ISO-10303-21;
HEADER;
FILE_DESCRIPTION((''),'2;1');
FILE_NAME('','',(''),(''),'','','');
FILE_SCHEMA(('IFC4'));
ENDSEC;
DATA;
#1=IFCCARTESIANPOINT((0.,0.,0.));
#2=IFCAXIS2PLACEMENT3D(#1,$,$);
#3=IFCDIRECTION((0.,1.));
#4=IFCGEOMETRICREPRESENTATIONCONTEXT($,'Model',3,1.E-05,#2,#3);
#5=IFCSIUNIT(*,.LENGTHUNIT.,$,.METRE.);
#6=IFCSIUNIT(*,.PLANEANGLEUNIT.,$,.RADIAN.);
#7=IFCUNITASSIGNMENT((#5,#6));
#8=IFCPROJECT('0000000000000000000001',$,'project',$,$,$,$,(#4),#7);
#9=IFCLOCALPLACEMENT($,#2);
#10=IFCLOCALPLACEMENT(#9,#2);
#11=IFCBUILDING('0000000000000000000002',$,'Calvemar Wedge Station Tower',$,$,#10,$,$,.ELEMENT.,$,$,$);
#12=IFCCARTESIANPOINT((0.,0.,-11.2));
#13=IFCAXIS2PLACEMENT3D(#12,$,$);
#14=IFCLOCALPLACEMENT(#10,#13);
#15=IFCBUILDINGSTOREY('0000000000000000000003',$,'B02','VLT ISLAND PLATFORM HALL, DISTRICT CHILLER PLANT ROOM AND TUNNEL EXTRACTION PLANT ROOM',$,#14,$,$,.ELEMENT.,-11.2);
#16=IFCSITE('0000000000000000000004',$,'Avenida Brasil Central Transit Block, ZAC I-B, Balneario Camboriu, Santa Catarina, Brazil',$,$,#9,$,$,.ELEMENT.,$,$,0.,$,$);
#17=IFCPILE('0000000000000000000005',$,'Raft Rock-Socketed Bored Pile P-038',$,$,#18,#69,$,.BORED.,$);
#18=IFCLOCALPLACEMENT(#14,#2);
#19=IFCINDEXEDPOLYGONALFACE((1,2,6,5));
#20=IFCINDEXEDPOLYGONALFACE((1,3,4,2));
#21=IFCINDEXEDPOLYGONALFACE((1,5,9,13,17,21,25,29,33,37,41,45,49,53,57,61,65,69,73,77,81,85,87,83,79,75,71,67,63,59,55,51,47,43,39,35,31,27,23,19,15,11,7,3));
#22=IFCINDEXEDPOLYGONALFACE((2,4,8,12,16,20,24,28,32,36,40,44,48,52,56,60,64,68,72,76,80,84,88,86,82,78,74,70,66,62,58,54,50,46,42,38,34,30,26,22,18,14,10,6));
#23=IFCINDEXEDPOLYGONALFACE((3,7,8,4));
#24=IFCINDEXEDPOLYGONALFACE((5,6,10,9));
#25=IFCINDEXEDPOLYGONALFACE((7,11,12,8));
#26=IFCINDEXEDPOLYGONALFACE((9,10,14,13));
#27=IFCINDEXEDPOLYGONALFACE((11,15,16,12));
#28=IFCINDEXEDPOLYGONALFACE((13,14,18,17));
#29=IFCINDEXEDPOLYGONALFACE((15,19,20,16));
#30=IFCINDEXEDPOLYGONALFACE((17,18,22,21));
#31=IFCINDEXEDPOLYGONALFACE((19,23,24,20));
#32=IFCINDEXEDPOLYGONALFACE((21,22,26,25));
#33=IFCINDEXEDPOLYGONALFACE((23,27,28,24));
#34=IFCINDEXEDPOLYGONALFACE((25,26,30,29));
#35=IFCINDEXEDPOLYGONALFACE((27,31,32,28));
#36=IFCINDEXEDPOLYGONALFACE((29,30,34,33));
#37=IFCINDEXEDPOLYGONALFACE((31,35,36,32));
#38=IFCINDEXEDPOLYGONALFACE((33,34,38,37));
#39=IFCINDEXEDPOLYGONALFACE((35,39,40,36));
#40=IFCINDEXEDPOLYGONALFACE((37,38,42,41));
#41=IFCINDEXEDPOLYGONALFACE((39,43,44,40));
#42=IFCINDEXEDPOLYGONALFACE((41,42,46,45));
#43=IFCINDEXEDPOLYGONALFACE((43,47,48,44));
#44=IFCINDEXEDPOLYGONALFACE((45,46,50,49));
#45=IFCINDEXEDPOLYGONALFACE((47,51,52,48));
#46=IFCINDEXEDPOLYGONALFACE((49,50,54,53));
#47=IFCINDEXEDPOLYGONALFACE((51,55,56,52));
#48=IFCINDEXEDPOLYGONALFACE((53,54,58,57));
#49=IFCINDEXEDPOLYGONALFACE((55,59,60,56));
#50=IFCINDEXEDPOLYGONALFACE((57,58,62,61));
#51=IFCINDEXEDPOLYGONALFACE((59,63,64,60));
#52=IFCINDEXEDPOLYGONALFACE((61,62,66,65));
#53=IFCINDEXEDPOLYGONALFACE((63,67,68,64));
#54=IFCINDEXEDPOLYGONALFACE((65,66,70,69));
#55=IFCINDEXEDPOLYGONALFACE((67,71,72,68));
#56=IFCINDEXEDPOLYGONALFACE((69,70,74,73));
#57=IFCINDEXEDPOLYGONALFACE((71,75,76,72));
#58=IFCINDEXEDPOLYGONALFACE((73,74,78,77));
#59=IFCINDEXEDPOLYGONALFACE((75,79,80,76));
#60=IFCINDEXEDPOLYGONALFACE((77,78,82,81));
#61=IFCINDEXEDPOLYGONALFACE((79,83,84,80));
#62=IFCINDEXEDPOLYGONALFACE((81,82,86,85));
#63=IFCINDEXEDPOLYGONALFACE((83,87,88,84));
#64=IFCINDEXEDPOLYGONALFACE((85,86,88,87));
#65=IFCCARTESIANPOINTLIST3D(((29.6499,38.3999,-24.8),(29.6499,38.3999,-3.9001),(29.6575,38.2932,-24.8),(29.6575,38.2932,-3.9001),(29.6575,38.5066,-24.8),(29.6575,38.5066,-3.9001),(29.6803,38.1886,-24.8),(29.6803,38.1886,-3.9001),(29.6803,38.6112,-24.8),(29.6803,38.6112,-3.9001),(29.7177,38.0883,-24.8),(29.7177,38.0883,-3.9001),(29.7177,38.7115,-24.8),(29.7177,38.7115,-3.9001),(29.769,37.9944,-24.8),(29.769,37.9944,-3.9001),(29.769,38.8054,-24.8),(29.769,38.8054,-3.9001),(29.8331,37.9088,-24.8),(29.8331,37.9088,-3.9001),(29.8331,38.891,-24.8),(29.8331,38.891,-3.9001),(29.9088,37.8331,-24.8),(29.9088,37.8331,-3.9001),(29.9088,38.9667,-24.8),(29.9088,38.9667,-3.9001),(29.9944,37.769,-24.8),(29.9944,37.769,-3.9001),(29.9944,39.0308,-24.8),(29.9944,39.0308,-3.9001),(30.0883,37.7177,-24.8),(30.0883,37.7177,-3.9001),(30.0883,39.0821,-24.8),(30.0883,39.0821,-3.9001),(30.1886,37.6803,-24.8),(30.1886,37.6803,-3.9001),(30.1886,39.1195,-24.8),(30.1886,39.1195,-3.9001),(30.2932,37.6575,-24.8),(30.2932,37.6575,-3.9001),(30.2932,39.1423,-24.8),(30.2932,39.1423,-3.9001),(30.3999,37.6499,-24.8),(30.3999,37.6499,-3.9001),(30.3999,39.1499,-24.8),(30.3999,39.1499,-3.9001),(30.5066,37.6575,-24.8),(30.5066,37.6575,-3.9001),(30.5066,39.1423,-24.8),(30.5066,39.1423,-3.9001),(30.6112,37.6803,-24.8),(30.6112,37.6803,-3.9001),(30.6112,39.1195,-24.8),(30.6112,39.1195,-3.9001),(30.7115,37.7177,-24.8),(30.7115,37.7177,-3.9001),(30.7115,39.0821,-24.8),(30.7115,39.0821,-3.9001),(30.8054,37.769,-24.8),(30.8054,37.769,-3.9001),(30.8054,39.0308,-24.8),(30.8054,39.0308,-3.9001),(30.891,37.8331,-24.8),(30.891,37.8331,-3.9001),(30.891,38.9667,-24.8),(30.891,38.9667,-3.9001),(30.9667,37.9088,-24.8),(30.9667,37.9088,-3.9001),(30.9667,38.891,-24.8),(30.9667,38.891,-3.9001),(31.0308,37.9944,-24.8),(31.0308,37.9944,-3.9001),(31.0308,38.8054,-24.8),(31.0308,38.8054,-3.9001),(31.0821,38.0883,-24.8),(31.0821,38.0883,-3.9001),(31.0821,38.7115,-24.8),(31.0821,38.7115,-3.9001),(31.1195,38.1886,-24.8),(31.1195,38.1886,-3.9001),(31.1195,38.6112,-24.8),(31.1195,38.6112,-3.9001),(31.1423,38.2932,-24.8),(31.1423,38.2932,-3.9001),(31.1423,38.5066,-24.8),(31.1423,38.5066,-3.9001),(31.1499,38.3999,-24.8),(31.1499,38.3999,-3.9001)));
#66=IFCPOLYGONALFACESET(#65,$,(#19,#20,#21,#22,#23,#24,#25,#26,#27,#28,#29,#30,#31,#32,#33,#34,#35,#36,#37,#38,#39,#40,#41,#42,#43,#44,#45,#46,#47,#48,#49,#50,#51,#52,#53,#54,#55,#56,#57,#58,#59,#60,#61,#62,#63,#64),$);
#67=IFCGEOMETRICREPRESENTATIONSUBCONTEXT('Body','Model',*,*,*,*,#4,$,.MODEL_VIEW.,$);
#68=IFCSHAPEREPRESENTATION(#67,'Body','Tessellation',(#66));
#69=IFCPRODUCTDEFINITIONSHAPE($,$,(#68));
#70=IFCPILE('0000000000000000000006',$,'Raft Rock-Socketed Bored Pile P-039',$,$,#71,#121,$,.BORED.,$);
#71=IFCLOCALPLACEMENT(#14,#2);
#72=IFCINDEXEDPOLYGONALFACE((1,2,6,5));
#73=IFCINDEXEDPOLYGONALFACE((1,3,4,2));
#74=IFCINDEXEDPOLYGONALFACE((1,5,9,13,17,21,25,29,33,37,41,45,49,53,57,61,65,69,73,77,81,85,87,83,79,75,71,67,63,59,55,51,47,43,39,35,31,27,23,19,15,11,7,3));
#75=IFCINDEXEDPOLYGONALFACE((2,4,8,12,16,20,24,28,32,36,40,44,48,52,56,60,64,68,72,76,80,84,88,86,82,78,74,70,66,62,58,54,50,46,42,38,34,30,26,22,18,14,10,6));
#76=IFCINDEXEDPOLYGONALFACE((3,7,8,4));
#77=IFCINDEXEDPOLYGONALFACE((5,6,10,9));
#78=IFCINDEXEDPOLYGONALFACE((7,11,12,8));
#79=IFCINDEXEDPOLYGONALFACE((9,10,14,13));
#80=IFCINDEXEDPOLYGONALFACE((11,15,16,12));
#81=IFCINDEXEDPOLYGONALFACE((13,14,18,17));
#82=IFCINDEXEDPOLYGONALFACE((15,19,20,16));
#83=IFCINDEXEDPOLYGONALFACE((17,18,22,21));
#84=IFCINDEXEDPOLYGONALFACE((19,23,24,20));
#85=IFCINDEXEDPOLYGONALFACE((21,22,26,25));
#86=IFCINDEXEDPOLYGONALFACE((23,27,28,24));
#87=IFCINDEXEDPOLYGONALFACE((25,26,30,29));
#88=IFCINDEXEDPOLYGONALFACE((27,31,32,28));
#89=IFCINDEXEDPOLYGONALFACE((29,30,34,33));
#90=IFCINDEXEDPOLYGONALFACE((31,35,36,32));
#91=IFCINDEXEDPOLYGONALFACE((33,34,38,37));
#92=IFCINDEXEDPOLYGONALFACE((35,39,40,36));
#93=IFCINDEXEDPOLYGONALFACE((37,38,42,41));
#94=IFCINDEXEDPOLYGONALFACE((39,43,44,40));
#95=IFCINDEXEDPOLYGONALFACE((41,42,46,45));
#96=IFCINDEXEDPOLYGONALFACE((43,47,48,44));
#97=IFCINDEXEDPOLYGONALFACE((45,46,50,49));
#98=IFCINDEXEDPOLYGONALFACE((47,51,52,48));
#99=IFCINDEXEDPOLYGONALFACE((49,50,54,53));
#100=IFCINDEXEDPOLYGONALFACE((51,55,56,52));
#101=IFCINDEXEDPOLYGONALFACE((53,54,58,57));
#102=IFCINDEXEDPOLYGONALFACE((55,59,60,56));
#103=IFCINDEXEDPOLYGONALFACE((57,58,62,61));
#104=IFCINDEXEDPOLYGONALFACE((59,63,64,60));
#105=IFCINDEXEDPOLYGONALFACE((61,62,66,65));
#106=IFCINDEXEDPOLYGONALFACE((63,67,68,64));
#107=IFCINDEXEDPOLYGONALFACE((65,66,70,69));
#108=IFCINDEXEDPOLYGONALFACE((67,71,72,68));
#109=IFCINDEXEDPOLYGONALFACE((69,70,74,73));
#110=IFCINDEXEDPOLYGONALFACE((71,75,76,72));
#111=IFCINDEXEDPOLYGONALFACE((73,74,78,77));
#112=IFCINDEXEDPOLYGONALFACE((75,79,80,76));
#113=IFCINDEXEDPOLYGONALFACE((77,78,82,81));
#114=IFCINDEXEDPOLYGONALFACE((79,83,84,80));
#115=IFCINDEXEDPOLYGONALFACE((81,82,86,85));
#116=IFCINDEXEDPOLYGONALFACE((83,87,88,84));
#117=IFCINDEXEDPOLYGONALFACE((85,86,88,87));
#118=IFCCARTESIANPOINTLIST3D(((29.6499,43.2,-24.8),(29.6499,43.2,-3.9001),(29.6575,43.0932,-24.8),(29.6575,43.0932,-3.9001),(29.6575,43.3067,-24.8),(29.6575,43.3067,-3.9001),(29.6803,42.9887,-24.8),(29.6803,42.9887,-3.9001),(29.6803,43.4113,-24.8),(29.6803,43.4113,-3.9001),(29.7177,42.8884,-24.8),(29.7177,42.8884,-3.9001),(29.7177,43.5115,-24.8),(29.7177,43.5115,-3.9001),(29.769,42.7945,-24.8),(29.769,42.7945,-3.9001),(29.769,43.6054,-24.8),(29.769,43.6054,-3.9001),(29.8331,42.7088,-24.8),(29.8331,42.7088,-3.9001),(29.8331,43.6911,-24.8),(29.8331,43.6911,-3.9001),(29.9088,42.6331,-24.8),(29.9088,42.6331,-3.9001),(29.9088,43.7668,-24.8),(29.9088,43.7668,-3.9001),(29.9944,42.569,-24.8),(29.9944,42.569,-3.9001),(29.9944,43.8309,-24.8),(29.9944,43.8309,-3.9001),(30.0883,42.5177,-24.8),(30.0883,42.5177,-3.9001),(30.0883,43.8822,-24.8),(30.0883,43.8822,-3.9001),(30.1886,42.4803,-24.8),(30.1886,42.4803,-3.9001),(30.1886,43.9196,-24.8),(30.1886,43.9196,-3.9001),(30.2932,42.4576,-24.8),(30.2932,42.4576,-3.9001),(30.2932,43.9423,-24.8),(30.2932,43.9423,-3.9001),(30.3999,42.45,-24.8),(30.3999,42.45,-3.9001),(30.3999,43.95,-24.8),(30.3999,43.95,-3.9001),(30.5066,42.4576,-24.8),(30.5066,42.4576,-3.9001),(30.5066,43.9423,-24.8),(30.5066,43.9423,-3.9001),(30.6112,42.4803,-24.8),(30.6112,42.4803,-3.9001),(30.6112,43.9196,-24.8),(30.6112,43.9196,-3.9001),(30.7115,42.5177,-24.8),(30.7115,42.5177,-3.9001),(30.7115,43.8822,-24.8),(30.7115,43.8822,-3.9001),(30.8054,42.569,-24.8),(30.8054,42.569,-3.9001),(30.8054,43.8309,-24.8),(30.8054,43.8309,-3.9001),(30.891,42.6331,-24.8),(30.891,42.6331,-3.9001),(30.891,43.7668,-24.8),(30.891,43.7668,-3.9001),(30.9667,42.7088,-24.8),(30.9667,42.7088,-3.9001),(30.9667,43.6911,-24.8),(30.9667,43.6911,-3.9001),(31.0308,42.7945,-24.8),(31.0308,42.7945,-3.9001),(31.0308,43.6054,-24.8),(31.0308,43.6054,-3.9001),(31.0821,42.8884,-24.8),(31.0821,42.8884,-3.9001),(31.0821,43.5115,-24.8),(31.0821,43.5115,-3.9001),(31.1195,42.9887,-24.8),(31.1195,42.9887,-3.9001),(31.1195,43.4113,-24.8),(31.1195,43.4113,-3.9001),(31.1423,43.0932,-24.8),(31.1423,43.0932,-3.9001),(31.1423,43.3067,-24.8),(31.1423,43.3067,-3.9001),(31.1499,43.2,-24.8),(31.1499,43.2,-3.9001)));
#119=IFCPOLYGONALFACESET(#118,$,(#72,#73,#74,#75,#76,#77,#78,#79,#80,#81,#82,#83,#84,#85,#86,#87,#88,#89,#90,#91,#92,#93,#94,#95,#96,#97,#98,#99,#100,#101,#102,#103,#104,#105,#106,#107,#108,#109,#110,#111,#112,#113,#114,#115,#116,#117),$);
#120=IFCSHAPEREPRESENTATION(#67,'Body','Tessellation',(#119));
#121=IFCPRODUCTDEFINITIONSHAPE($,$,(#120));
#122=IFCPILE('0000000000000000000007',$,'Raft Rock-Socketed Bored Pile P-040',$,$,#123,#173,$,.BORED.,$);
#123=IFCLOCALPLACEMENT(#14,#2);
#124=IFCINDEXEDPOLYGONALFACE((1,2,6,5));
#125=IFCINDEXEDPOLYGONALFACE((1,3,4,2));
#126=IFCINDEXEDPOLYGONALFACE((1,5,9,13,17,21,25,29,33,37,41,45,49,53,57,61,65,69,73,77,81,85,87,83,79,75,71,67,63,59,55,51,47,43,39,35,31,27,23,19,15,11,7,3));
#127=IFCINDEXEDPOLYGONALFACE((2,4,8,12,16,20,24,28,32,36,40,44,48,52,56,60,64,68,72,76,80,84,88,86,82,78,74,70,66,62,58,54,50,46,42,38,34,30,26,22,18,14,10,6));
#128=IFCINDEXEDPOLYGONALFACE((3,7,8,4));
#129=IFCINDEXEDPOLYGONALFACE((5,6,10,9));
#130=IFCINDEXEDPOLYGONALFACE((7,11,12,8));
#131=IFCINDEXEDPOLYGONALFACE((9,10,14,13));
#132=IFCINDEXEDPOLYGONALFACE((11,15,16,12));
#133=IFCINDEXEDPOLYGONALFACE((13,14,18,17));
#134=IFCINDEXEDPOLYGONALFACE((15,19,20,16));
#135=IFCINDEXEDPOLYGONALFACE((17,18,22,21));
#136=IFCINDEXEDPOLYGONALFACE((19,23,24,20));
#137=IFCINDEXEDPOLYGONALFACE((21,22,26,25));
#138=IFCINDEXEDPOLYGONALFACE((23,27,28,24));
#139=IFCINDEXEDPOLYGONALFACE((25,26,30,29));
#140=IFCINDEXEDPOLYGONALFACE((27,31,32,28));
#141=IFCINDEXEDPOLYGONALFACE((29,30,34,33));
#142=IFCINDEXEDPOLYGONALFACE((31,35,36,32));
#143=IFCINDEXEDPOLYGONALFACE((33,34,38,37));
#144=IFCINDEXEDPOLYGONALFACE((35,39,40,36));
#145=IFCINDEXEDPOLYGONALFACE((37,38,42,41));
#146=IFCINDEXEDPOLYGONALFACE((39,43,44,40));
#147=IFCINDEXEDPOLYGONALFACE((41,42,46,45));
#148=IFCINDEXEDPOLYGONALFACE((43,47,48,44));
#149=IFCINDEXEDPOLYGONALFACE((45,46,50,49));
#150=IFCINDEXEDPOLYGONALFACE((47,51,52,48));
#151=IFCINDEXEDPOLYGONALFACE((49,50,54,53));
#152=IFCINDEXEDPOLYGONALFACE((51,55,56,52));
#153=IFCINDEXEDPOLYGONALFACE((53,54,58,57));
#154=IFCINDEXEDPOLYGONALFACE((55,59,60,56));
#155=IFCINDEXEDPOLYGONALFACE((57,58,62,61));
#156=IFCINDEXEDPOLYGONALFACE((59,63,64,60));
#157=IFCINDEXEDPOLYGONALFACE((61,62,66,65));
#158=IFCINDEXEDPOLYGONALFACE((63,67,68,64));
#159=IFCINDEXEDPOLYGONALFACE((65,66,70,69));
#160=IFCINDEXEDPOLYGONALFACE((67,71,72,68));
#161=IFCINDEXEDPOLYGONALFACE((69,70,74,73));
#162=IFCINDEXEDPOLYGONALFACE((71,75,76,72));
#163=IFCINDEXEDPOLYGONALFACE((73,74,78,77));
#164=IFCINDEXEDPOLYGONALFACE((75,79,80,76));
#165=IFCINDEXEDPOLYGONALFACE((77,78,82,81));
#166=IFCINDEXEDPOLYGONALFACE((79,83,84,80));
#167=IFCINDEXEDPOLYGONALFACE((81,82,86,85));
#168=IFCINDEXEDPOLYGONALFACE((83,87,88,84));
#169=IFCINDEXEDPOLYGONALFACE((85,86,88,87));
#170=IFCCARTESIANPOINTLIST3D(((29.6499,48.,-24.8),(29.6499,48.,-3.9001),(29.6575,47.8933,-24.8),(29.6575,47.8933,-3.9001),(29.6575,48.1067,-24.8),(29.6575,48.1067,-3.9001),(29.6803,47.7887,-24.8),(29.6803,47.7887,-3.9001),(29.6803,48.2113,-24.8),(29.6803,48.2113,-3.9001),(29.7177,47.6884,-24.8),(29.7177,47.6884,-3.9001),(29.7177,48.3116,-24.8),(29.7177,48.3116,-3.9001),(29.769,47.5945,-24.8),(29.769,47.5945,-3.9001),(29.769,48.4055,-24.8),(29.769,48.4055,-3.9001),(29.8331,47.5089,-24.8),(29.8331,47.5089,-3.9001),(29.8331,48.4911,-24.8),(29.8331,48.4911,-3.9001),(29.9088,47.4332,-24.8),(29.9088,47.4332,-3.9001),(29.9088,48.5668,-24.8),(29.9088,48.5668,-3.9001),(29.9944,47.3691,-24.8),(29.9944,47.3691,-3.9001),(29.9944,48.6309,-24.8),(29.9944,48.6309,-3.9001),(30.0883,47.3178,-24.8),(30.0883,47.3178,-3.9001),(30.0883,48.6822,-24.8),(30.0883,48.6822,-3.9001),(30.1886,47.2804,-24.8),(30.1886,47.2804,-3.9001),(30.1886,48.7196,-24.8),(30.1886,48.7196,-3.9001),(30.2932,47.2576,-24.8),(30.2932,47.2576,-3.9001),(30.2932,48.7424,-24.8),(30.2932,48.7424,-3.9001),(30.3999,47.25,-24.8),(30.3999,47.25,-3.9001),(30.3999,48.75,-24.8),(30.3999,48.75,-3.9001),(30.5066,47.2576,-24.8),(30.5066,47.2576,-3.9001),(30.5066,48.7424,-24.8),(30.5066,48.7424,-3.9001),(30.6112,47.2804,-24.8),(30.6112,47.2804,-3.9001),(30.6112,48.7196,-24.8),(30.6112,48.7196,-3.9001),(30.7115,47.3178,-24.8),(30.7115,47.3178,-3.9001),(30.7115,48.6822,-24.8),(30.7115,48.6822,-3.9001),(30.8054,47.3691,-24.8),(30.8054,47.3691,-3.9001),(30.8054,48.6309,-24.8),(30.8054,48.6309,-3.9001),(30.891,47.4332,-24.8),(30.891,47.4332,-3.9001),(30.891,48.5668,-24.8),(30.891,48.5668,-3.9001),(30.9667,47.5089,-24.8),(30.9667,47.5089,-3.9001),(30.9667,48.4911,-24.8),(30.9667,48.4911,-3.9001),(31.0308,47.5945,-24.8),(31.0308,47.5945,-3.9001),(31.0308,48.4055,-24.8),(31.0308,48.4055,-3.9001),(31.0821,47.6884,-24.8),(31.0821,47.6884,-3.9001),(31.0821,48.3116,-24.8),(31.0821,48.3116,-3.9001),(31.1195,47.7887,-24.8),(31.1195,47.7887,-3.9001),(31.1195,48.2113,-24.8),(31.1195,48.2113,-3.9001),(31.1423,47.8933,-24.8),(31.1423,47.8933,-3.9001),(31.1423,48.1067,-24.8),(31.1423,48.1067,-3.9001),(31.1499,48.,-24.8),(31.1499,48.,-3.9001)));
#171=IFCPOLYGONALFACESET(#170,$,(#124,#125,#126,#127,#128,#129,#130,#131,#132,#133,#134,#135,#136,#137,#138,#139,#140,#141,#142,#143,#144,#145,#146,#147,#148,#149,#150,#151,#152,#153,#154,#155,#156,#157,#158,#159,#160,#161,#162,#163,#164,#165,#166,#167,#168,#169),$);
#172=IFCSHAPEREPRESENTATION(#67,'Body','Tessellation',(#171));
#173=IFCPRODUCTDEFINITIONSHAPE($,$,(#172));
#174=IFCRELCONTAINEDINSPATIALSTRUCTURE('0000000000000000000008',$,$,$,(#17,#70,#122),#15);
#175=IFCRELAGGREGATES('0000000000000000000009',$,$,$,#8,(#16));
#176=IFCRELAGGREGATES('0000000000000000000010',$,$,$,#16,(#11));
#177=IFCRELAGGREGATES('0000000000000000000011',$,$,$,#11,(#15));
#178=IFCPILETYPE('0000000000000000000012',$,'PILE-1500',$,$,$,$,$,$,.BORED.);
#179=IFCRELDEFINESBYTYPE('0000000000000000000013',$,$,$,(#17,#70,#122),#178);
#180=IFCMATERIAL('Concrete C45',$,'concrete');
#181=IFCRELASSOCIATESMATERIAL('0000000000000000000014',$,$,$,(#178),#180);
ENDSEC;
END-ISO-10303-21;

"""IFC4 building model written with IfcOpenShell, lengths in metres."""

from ifc_helpers import new_model, si_unit, direction, frame, origin, origin_2d, place, context, subcontext, project, spatial, circle, extrude, material, material_profile, profile_set, type_object, element, save


model = new_model("IFC4")

# Units and contexts
model_context = context("Model", 3, precision=1e-05, world=origin(), true_north=direction((0.0, 1.0)))
body_context = subcontext(model_context, "Body", "Model", "MODEL_VIEW")
ifc_project = project(units=[si_unit("LENGTHUNIT", "METRE"), si_unit("PLANEANGLEUNIT", "RADIAN")], contexts=[model_context])

# Site, building, storey
site_placement = place(None, origin())
site = spatial("IfcSite", under=ifc_project, at=site_placement, Name="Avenida Brasil Central Transit Block, ZAC I-B, Balneario Camboriu, Santa Catarina, Brazil", CompositionType="ELEMENT", RefElevation=0.0)
building_placement = place(site_placement, origin())
building = spatial("IfcBuilding", under=site, at=building_placement, Name="Calvemar Wedge Station Tower", CompositionType="ELEMENT")
storey_placement = place(building_placement, frame((0.0, 0.0, -11.2)))
storey = spatial("IfcBuildingStorey", under=building, at=storey_placement, Name="B02", Description="VLT ISLAND PLATFORM HALL, DISTRICT CHILLER PLANT ROOM AND TUNNEL EXTRACTION PLANT ROOM", CompositionType="ELEMENT", Elevation=-11.2)

# Piles
ifc_material_1 = material(Name="Concrete C45", Category="concrete")
ifc_material_profile_1 = material_profile(ifc_material_1, circle(Radius=0.75, at=origin_2d()), Name="PILE-D1500")
ifc_profile_set_1 = profile_set([ifc_material_profile_1], Name="Concrete C45")
pile_type = type_object("IfcPileType", Name="PILE-1500", PredefinedType="BORED", material=ifc_profile_set_1)
for number, where, z_axis, x_axis, name in (
    (1, (30.3999, 38.3999, -3.9001), (0.0, 0.0, -1.0), (1.0, 0.0, 0.0), "Raft Rock-Socketed Bored Pile P-038"),
    (2, (30.3999, 43.2, -3.9001), (0.0, 0.0, -1.0), (1.0, 0.0, 0.0), "Raft Rock-Socketed Bored Pile P-039"),
    (3, (30.3999, 48.0, -3.9001), (0.0, 0.0, -1.0), (1.0, 0.0, 0.0), "Raft Rock-Socketed Bored Pile P-040"),
):
    element("IfcPile", number, at=place(storey_placement, frame(where, z_axis=z_axis, x_axis=x_axis)), inside=storey, type_object=pile_type, Name=name, PredefinedType="BORED", context=body_context, shape_type="SweptSolid", body=[
        extrude(circle(Radius=0.75, at=origin_2d()), origin(), (0.0, 0.0, 1.0), 20.8999),
    ])

save(model, "model.ifc")
